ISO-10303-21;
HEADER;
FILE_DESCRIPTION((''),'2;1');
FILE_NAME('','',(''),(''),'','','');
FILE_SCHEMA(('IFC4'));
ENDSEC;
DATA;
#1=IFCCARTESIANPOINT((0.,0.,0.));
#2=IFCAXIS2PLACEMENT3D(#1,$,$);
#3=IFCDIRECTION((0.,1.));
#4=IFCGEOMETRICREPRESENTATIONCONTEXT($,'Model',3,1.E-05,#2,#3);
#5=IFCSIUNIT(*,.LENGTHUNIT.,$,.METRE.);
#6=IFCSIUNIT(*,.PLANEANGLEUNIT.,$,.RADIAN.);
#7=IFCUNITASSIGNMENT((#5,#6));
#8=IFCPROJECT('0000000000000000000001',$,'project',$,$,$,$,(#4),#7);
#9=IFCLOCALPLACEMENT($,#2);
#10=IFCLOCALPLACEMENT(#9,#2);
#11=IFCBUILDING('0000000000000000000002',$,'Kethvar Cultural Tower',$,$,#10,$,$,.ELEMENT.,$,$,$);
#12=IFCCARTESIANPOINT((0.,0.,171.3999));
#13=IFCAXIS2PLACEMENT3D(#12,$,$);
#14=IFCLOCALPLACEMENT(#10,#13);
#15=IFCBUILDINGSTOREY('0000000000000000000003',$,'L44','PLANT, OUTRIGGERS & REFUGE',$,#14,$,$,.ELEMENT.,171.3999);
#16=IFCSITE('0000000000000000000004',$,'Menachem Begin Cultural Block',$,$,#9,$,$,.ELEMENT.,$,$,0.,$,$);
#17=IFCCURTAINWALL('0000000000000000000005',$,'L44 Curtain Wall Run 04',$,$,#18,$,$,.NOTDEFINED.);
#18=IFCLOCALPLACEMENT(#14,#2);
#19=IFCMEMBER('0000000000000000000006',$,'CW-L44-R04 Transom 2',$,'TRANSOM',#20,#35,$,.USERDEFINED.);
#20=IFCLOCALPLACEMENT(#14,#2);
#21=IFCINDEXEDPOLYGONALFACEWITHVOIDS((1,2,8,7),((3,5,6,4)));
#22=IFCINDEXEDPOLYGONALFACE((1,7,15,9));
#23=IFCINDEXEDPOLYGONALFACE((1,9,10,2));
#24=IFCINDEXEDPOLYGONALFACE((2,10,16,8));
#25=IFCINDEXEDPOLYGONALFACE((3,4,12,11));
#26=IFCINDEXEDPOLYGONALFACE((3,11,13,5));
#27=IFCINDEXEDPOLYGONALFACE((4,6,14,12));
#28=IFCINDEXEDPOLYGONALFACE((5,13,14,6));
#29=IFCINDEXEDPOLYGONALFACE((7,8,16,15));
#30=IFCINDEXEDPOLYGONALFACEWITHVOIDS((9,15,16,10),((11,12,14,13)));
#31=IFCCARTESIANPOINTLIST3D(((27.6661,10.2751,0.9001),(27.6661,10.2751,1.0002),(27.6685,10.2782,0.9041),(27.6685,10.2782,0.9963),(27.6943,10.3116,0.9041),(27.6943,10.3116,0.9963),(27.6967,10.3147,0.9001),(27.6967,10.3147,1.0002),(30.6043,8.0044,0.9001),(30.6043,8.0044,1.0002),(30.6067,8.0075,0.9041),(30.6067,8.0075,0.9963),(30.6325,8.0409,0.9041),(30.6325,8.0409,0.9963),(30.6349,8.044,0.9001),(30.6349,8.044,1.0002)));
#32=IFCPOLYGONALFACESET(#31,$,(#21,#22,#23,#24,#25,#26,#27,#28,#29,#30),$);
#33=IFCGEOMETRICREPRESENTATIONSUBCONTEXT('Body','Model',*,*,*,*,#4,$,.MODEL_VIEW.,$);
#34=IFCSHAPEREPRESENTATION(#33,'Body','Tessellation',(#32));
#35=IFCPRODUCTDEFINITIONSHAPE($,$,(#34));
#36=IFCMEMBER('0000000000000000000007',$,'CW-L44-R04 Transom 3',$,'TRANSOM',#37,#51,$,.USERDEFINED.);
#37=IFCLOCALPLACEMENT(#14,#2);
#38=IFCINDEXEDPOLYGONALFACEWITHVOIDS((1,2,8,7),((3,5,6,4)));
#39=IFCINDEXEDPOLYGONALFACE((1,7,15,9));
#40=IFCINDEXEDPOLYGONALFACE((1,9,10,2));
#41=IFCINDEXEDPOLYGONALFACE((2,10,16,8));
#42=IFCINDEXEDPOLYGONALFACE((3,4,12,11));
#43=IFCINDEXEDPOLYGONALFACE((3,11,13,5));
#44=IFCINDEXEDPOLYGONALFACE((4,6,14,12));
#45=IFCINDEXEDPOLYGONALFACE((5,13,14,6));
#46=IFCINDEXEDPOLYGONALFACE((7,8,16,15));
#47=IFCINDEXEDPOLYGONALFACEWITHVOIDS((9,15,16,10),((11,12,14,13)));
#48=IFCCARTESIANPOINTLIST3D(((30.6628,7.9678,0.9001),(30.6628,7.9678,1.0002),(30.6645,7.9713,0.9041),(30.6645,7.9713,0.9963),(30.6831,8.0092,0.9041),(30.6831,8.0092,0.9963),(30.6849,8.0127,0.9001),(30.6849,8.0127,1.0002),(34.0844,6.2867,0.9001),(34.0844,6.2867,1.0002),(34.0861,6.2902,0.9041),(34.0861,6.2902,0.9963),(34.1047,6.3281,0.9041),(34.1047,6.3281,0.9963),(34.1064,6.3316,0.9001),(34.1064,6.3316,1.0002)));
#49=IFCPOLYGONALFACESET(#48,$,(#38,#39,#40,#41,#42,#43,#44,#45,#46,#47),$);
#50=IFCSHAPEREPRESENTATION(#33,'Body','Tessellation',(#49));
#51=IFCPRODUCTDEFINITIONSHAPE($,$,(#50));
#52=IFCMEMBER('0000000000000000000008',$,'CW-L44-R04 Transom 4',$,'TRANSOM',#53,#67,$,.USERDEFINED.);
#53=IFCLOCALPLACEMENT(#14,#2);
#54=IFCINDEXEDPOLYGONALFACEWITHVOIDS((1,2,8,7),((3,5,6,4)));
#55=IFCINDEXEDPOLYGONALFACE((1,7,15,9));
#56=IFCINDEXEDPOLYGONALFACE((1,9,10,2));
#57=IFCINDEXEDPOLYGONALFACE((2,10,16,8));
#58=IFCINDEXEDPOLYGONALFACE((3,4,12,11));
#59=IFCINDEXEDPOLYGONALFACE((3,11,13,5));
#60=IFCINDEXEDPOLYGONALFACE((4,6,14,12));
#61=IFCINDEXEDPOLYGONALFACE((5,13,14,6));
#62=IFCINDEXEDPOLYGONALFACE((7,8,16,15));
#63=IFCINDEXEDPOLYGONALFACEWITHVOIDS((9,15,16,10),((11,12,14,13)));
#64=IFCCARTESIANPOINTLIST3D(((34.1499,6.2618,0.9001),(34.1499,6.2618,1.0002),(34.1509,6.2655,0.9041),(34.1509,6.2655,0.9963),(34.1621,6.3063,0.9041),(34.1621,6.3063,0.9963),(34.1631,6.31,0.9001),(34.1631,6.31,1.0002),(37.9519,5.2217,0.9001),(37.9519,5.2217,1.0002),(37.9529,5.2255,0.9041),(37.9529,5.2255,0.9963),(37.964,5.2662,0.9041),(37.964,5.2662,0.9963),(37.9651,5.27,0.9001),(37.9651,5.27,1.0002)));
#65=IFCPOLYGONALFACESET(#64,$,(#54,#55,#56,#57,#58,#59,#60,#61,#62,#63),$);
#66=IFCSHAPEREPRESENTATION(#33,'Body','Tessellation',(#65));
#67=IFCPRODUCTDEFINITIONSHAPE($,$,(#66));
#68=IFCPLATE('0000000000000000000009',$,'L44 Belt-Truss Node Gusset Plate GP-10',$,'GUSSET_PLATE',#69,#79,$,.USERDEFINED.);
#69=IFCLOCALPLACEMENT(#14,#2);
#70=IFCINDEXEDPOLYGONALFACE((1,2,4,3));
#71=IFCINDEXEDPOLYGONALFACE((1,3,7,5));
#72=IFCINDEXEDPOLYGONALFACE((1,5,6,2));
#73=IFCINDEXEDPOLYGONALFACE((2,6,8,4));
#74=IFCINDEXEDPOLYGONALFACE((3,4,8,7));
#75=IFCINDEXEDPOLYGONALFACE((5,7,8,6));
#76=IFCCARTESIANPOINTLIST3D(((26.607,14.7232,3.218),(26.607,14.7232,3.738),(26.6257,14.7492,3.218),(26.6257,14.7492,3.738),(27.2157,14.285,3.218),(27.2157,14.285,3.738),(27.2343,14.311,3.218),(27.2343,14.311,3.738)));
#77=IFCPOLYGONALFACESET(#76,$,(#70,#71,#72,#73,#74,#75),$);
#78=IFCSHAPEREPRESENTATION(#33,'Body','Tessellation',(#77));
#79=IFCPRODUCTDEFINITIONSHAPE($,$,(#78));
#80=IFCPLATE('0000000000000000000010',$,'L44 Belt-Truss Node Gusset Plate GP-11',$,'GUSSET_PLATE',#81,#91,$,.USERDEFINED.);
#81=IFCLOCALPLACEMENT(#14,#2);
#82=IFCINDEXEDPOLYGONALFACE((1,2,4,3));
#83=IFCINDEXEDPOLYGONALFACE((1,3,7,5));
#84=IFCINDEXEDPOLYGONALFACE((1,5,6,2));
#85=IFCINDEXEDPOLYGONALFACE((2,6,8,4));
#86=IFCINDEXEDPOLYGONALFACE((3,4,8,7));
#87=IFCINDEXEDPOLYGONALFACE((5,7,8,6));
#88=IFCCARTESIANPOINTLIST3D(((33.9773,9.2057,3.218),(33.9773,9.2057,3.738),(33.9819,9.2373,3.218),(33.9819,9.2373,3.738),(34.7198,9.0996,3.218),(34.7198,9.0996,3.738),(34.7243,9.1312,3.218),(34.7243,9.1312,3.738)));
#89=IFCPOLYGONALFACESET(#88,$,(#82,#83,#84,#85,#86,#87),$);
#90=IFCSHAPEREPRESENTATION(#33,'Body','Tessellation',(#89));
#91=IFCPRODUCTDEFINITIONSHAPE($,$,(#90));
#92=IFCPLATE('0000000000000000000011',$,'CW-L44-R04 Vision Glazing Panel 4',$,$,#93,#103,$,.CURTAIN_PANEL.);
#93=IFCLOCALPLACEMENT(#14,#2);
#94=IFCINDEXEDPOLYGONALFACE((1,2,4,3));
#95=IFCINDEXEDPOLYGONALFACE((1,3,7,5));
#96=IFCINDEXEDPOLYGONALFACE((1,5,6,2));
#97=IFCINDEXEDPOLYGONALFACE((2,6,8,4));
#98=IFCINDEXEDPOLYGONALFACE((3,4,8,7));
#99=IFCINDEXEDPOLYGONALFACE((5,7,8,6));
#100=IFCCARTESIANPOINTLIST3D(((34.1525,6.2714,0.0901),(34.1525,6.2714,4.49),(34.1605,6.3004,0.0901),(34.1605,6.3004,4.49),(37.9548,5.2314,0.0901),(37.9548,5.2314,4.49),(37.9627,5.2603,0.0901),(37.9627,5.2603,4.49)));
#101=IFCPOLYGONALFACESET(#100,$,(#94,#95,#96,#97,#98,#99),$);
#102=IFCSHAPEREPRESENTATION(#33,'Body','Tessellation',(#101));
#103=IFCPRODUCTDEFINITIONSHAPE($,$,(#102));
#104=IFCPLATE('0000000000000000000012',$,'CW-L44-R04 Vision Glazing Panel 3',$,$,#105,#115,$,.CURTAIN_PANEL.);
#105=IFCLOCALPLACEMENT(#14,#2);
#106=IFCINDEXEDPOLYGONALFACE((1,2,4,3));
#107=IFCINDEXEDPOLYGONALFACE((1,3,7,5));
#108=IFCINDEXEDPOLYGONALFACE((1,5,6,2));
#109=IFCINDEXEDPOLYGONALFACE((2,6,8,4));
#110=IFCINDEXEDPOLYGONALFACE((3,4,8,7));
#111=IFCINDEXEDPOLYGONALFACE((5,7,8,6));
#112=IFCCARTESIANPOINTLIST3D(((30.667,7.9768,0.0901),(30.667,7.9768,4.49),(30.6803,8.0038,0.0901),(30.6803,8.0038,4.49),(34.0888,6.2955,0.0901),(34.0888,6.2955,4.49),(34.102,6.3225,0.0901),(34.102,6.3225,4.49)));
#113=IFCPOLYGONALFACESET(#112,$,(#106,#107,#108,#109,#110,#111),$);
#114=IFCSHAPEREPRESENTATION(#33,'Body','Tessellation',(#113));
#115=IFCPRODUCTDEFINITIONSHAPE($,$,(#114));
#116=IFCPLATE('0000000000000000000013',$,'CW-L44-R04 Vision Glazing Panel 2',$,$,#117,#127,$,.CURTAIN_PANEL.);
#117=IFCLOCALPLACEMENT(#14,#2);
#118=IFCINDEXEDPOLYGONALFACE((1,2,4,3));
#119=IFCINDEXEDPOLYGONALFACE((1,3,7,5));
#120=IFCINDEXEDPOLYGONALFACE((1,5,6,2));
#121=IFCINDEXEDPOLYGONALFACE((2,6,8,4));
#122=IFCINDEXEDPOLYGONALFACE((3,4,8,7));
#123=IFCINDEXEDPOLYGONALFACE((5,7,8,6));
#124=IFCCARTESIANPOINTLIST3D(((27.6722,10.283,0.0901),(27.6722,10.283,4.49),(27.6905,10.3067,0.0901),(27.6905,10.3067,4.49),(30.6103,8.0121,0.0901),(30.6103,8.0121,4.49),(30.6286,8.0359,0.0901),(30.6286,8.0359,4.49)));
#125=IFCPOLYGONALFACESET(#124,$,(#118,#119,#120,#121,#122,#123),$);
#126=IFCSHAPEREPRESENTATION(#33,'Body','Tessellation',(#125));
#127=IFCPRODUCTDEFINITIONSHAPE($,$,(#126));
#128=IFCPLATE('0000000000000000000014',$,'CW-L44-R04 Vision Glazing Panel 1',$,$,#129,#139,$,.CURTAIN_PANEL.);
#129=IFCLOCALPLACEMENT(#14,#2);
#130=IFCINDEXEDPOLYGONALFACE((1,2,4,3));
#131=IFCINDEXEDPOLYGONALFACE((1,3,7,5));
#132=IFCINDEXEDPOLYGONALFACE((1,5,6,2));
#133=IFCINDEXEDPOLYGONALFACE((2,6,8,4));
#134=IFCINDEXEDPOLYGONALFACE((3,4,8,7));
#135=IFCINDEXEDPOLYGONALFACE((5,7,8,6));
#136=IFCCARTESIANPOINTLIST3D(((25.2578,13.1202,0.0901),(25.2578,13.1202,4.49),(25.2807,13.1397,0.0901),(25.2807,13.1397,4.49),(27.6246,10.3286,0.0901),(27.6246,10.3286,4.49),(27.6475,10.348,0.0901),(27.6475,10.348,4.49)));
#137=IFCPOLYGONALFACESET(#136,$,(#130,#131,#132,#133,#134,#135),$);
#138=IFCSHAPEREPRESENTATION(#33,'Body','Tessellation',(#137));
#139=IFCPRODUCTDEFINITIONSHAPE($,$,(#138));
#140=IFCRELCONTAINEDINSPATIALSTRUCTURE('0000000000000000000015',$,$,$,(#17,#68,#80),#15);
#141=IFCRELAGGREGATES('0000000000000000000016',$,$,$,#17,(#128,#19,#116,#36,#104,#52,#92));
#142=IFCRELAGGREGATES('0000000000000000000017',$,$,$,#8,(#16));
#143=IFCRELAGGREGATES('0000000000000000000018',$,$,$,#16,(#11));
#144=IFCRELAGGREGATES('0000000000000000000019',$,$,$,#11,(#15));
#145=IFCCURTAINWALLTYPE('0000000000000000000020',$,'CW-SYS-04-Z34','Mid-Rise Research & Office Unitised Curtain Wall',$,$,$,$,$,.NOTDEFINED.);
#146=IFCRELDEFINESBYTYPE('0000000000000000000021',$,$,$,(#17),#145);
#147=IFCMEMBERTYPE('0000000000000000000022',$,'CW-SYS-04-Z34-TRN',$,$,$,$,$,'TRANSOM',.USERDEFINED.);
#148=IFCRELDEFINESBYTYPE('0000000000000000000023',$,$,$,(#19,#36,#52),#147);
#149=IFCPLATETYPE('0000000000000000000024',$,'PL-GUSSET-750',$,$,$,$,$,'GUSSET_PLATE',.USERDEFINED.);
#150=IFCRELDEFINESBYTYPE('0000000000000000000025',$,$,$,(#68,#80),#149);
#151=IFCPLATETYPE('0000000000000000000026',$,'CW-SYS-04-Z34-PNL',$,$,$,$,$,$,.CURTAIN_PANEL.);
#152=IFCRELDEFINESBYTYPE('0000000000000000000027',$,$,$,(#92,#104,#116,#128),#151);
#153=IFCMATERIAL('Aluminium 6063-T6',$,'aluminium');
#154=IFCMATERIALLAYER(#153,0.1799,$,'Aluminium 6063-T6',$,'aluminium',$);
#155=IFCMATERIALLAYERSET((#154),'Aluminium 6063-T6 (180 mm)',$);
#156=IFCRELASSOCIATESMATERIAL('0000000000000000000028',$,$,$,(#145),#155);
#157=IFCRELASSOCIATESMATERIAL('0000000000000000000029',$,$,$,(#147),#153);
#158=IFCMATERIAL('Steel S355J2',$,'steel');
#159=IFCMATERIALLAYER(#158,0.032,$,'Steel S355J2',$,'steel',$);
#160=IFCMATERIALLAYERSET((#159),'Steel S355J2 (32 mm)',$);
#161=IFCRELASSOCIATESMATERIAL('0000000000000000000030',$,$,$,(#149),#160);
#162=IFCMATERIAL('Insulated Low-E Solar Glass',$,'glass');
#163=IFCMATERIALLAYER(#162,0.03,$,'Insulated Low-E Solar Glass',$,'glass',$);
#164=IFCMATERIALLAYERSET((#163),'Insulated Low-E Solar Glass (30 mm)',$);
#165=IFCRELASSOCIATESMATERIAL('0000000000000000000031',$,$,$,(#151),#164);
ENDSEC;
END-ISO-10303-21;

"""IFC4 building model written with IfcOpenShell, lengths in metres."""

from ifc_helpers import new_model, si_unit, direction, frame, origin, origin_2d, place, context, subcontext, project, spatial, rectangle, hollow_rectangle, extrude, source, transform, mapped, material, layer, layer_set, material_profile, profile_set, type_object, element, aggregate, save


model = new_model("IFC4")

# Units and contexts
model_context = context("Model", 3, precision=1e-05, world=origin(), true_north=direction((0.0, 1.0)))
body_context = subcontext(model_context, "Body", "Model", "MODEL_VIEW")
ifc_project = project(units=[si_unit("LENGTHUNIT", "METRE"), si_unit("PLANEANGLEUNIT", "RADIAN")], contexts=[model_context])

# Site, building, storey
site_placement = place(None, origin())
site = spatial("IfcSite", under=ifc_project, at=site_placement, Name="Menachem Begin Cultural Block", CompositionType="ELEMENT", RefElevation=0.0)
building_placement = place(site_placement, origin())
building = spatial("IfcBuilding", under=site, at=building_placement, Name="Kethvar Cultural Tower", CompositionType="ELEMENT")
storey_placement = place(building_placement, frame((0.0, 0.0, 171.3999)))
storey = spatial("IfcBuildingStorey", under=building, at=storey_placement, Name="L44", Description="PLANT, OUTRIGGERS & REFUGE", CompositionType="ELEMENT", Elevation=171.3999)

# Curtain wall, members
ifc_material_1 = material(Name="Aluminium 6063-T6", Category="aluminium")
ifc_layer_1 = layer(ifc_material_1, 0.1799, Name="Aluminium 6063-T6", Category="aluminium")
ifc_layer_set_1 = layer_set([ifc_layer_1], Name="Aluminium 6063-T6 (180 mm)")
curtain_wall_type = type_object("IfcCurtainWallType", Name="CW-SYS-04-Z34", Description="Mid-Rise Research & Office Unitised Curtain Wall", PredefinedType="NOTDEFINED", material=ifc_layer_set_1)
curtain_wall_placement = place(storey_placement, origin())
curtain_wall = element("IfcCurtainWall", 1, at=curtain_wall_placement, inside=storey, type_object=curtain_wall_type, Name="L44 Curtain Wall Run 04", PredefinedType="NOTDEFINED")
ifc_material_profile_1 = material_profile(ifc_material_1, hollow_rectangle(XDim=0.05, YDim=0.1001, WallThickness=0.0039, at=origin_2d()), Name="Aluminium 6063-T6 — RHS100x50x4")
ifc_profile_set_1 = profile_set([ifc_material_profile_1], Name="Aluminium 6063-T6 — RHS100x50x4")
member_type_1 = type_object("IfcMemberType", Name="CW-SYS-04-Z34-TRN", ElementType="TRANSOM", PredefinedType="USERDEFINED", material=ifc_profile_set_1)
shared_shape_1 = source(origin(), body_context, "Body", "SweptSolid", [
    extrude(hollow_rectangle(XDim=0.05, YDim=0.1001, WallThickness=0.0039, at=origin_2d()), origin(), (0.0, 0.0, 1.0), 3.7134),
])
member_1_placement = place(storey_placement, frame((27.6814, 10.2949, 0.9502), z_axis=(0.791246, -0.611498, 0.0), x_axis=(0.611498, 0.791246, 0.0)))
member_1 = element("IfcMember", 2, at=member_1_placement, type_object=member_type_1, Name="CW-L44-R04 Transom 2", ObjectType="TRANSOM", PredefinedType="USERDEFINED", context=body_context, shape_type="MappedRepresentation", body=[
    mapped(shared_shape_1, transform((0.0, 0.0, 0.0), scale=1.0)),
])
shared_shape_2 = source(origin(), body_context, "Body", "SweptSolid", [
    extrude(hollow_rectangle(XDim=0.05, YDim=0.1001, WallThickness=0.0039, at=origin_2d()), origin(), (0.0, 0.0, 1.0), 3.8123),
])
member_2_placement = place(storey_placement, frame((30.6738, 7.9902, 0.9502), z_axis=(0.897518, -0.440978, 0.0), x_axis=(0.440978, 0.897518, 0.0)))
member_2 = element("IfcMember", 3, at=member_2_placement, type_object=member_type_1, Name="CW-L44-R04 Transom 3", ObjectType="TRANSOM", PredefinedType="USERDEFINED", context=body_context, shape_type="MappedRepresentation", body=[
    mapped(shared_shape_2, transform((0.0, 0.0, 0.0), scale=1.0)),
])
shared_shape_3 = source(origin(), body_context, "Body", "SweptSolid", [
    extrude(hollow_rectangle(XDim=0.05, YDim=0.1001, WallThickness=0.0039, at=origin_2d()), origin(), (0.0, 0.0, 1.0), 3.9417),
])
member_3_placement = place(storey_placement, frame((34.1565, 6.2859, 0.9502), z_axis=(0.964562, -0.263856, 0.0), x_axis=(0.263856, 0.964562, 0.0)))
member_3 = element("IfcMember", 4, at=member_3_placement, type_object=member_type_1, Name="CW-L44-R04 Transom 4", ObjectType="TRANSOM", PredefinedType="USERDEFINED", context=body_context, shape_type="MappedRepresentation", body=[
    mapped(shared_shape_3, transform((0.0, 0.0, 0.0), scale=1.0)),
])

# Plates
ifc_material_2 = material(Name="Steel S355J2", Category="steel")
ifc_layer_2 = layer(ifc_material_2, 0.032, Name="Steel S355J2", Category="steel")
ifc_layer_set_2 = layer_set([ifc_layer_2], Name="Steel S355J2 (32 mm)")
plate_type_1 = type_object("IfcPlateType", Name="PL-GUSSET-750", ElementType="GUSSET_PLATE", PredefinedType="USERDEFINED", material=ifc_layer_set_2)
shared_shape_4 = source(origin(), body_context, "Body", "SweptSolid", [
    extrude(rectangle(XDim=0.75, YDim=0.032, at=origin_2d()), origin(), (0.0, 0.0, 1.0), 0.52),
])
for number, where, z_axis, x_axis, name in (
    (5, (26.9207, 14.5171, 3.218), (0.0, 0.0, 1.0), (0.81159, -0.584228, 0.0), "L44 Belt-Truss Node Gusset Plate GP-10"),
    (6, (34.3508, 9.1685, 3.218), (0.0, 0.0, 1.0), (0.989941, -0.141478, 0.0), "L44 Belt-Truss Node Gusset Plate GP-11"),
):
    element("IfcPlate", number, at=place(storey_placement, frame(where, z_axis=z_axis, x_axis=x_axis)), inside=storey, type_object=plate_type_1, Name=name, ObjectType="GUSSET_PLATE", PredefinedType="USERDEFINED", context=body_context, shape_type="MappedRepresentation", body=[
        mapped(shared_shape_4, transform((0.0, 0.0, 0.0), scale=1.0)),
    ])

# Plates
ifc_material_3 = material(Name="Insulated Low-E Solar Glass", Category="glass")
ifc_layer_3 = layer(ifc_material_3, 0.03, Name="Insulated Low-E Solar Glass", Category="glass")
ifc_layer_set_3 = layer_set([ifc_layer_3], Name="Insulated Low-E Solar Glass (30 mm)")
plate_type_2 = type_object("IfcPlateType", Name="CW-SYS-04-Z34-PNL", PredefinedType="CURTAIN_PANEL", material=ifc_layer_set_3)
shared_shape_5 = source(origin(), body_context, "Body", "SweptSolid", [
    extrude(rectangle(XDim=3.9419, YDim=0.03, at=origin_2d()), origin(), (0.0, 0.0, 1.0), 4.3999),
])
plate_1_placement = place(storey_placement, frame((36.0576, 5.7659, 0.0901), z_axis=(0.0, 0.0, 1.0), x_axis=(0.964567, -0.263839, 0.0)))
plate_1 = element("IfcPlate", 7, at=plate_1_placement, type_object=plate_type_2, Name="CW-L44-R04 Vision Glazing Panel 4", PredefinedType="CURTAIN_PANEL", context=body_context, shape_type="MappedRepresentation", body=[
    mapped(shared_shape_5, transform((0.0, 0.0, 0.0), scale=1.0)),
])
shared_shape_6 = source(origin(), body_context, "Body", "SweptSolid", [
    extrude(rectangle(XDim=3.8125, YDim=0.03, at=origin_2d()), origin(), (0.0, 0.0, 1.0), 4.3999),
])
plate_2_placement = place(storey_placement, frame((32.3845, 7.1497, 0.0901), z_axis=(0.0, 0.0, 1.0), x_axis=(0.897505, -0.441005, 0.0)))
plate_2 = element("IfcPlate", 8, at=plate_2_placement, type_object=plate_type_2, Name="CW-L44-R04 Vision Glazing Panel 3", PredefinedType="CURTAIN_PANEL", context=body_context, shape_type="MappedRepresentation", body=[
    mapped(shared_shape_6, transform((0.0, 0.0, 0.0), scale=1.0)),
])
shared_shape_7 = source(origin(), body_context, "Body", "SweptSolid", [
    extrude(rectangle(XDim=3.7134, YDim=0.03, at=origin_2d()), origin(), (0.0, 0.0, 1.0), 4.3999),
])
plate_3_placement = place(storey_placement, frame((29.1504, 9.1594, 0.0901), z_axis=(0.0, 0.0, 1.0), x_axis=(0.791224, -0.611527, 0.0)))
plate_3 = element("IfcPlate", 9, at=plate_3_placement, type_object=plate_type_2, Name="CW-L44-R04 Vision Glazing Panel 2", PredefinedType="CURTAIN_PANEL", context=body_context, shape_type="MappedRepresentation", body=[
    mapped(shared_shape_7, transform((0.0, 0.0, 0.0), scale=1.0)),
])
shared_shape_8 = source(origin(), body_context, "Body", "SweptSolid", [
    extrude(rectangle(XDim=3.6599, YDim=0.03, at=origin_2d()), origin(), (0.0, 0.0, 1.0), 4.3999),
])
plate_4_placement = place(storey_placement, frame((26.4526, 11.7341, 0.0901), z_axis=(0.0, 0.0, 1.0), x_axis=(0.646683, -0.762759, 0.0)))
plate_4 = element("IfcPlate", 10, at=plate_4_placement, type_object=plate_type_2, Name="CW-L44-R04 Vision Glazing Panel 1", PredefinedType="CURTAIN_PANEL", context=body_context, shape_type="MappedRepresentation", body=[
    mapped(shared_shape_8, transform((0.0, 0.0, 0.0), scale=1.0)),
])
aggregate(curtain_wall, [plate_4, member_1, plate_3, member_2, plate_2, member_3, plate_1])

save(model, "model.ifc")
